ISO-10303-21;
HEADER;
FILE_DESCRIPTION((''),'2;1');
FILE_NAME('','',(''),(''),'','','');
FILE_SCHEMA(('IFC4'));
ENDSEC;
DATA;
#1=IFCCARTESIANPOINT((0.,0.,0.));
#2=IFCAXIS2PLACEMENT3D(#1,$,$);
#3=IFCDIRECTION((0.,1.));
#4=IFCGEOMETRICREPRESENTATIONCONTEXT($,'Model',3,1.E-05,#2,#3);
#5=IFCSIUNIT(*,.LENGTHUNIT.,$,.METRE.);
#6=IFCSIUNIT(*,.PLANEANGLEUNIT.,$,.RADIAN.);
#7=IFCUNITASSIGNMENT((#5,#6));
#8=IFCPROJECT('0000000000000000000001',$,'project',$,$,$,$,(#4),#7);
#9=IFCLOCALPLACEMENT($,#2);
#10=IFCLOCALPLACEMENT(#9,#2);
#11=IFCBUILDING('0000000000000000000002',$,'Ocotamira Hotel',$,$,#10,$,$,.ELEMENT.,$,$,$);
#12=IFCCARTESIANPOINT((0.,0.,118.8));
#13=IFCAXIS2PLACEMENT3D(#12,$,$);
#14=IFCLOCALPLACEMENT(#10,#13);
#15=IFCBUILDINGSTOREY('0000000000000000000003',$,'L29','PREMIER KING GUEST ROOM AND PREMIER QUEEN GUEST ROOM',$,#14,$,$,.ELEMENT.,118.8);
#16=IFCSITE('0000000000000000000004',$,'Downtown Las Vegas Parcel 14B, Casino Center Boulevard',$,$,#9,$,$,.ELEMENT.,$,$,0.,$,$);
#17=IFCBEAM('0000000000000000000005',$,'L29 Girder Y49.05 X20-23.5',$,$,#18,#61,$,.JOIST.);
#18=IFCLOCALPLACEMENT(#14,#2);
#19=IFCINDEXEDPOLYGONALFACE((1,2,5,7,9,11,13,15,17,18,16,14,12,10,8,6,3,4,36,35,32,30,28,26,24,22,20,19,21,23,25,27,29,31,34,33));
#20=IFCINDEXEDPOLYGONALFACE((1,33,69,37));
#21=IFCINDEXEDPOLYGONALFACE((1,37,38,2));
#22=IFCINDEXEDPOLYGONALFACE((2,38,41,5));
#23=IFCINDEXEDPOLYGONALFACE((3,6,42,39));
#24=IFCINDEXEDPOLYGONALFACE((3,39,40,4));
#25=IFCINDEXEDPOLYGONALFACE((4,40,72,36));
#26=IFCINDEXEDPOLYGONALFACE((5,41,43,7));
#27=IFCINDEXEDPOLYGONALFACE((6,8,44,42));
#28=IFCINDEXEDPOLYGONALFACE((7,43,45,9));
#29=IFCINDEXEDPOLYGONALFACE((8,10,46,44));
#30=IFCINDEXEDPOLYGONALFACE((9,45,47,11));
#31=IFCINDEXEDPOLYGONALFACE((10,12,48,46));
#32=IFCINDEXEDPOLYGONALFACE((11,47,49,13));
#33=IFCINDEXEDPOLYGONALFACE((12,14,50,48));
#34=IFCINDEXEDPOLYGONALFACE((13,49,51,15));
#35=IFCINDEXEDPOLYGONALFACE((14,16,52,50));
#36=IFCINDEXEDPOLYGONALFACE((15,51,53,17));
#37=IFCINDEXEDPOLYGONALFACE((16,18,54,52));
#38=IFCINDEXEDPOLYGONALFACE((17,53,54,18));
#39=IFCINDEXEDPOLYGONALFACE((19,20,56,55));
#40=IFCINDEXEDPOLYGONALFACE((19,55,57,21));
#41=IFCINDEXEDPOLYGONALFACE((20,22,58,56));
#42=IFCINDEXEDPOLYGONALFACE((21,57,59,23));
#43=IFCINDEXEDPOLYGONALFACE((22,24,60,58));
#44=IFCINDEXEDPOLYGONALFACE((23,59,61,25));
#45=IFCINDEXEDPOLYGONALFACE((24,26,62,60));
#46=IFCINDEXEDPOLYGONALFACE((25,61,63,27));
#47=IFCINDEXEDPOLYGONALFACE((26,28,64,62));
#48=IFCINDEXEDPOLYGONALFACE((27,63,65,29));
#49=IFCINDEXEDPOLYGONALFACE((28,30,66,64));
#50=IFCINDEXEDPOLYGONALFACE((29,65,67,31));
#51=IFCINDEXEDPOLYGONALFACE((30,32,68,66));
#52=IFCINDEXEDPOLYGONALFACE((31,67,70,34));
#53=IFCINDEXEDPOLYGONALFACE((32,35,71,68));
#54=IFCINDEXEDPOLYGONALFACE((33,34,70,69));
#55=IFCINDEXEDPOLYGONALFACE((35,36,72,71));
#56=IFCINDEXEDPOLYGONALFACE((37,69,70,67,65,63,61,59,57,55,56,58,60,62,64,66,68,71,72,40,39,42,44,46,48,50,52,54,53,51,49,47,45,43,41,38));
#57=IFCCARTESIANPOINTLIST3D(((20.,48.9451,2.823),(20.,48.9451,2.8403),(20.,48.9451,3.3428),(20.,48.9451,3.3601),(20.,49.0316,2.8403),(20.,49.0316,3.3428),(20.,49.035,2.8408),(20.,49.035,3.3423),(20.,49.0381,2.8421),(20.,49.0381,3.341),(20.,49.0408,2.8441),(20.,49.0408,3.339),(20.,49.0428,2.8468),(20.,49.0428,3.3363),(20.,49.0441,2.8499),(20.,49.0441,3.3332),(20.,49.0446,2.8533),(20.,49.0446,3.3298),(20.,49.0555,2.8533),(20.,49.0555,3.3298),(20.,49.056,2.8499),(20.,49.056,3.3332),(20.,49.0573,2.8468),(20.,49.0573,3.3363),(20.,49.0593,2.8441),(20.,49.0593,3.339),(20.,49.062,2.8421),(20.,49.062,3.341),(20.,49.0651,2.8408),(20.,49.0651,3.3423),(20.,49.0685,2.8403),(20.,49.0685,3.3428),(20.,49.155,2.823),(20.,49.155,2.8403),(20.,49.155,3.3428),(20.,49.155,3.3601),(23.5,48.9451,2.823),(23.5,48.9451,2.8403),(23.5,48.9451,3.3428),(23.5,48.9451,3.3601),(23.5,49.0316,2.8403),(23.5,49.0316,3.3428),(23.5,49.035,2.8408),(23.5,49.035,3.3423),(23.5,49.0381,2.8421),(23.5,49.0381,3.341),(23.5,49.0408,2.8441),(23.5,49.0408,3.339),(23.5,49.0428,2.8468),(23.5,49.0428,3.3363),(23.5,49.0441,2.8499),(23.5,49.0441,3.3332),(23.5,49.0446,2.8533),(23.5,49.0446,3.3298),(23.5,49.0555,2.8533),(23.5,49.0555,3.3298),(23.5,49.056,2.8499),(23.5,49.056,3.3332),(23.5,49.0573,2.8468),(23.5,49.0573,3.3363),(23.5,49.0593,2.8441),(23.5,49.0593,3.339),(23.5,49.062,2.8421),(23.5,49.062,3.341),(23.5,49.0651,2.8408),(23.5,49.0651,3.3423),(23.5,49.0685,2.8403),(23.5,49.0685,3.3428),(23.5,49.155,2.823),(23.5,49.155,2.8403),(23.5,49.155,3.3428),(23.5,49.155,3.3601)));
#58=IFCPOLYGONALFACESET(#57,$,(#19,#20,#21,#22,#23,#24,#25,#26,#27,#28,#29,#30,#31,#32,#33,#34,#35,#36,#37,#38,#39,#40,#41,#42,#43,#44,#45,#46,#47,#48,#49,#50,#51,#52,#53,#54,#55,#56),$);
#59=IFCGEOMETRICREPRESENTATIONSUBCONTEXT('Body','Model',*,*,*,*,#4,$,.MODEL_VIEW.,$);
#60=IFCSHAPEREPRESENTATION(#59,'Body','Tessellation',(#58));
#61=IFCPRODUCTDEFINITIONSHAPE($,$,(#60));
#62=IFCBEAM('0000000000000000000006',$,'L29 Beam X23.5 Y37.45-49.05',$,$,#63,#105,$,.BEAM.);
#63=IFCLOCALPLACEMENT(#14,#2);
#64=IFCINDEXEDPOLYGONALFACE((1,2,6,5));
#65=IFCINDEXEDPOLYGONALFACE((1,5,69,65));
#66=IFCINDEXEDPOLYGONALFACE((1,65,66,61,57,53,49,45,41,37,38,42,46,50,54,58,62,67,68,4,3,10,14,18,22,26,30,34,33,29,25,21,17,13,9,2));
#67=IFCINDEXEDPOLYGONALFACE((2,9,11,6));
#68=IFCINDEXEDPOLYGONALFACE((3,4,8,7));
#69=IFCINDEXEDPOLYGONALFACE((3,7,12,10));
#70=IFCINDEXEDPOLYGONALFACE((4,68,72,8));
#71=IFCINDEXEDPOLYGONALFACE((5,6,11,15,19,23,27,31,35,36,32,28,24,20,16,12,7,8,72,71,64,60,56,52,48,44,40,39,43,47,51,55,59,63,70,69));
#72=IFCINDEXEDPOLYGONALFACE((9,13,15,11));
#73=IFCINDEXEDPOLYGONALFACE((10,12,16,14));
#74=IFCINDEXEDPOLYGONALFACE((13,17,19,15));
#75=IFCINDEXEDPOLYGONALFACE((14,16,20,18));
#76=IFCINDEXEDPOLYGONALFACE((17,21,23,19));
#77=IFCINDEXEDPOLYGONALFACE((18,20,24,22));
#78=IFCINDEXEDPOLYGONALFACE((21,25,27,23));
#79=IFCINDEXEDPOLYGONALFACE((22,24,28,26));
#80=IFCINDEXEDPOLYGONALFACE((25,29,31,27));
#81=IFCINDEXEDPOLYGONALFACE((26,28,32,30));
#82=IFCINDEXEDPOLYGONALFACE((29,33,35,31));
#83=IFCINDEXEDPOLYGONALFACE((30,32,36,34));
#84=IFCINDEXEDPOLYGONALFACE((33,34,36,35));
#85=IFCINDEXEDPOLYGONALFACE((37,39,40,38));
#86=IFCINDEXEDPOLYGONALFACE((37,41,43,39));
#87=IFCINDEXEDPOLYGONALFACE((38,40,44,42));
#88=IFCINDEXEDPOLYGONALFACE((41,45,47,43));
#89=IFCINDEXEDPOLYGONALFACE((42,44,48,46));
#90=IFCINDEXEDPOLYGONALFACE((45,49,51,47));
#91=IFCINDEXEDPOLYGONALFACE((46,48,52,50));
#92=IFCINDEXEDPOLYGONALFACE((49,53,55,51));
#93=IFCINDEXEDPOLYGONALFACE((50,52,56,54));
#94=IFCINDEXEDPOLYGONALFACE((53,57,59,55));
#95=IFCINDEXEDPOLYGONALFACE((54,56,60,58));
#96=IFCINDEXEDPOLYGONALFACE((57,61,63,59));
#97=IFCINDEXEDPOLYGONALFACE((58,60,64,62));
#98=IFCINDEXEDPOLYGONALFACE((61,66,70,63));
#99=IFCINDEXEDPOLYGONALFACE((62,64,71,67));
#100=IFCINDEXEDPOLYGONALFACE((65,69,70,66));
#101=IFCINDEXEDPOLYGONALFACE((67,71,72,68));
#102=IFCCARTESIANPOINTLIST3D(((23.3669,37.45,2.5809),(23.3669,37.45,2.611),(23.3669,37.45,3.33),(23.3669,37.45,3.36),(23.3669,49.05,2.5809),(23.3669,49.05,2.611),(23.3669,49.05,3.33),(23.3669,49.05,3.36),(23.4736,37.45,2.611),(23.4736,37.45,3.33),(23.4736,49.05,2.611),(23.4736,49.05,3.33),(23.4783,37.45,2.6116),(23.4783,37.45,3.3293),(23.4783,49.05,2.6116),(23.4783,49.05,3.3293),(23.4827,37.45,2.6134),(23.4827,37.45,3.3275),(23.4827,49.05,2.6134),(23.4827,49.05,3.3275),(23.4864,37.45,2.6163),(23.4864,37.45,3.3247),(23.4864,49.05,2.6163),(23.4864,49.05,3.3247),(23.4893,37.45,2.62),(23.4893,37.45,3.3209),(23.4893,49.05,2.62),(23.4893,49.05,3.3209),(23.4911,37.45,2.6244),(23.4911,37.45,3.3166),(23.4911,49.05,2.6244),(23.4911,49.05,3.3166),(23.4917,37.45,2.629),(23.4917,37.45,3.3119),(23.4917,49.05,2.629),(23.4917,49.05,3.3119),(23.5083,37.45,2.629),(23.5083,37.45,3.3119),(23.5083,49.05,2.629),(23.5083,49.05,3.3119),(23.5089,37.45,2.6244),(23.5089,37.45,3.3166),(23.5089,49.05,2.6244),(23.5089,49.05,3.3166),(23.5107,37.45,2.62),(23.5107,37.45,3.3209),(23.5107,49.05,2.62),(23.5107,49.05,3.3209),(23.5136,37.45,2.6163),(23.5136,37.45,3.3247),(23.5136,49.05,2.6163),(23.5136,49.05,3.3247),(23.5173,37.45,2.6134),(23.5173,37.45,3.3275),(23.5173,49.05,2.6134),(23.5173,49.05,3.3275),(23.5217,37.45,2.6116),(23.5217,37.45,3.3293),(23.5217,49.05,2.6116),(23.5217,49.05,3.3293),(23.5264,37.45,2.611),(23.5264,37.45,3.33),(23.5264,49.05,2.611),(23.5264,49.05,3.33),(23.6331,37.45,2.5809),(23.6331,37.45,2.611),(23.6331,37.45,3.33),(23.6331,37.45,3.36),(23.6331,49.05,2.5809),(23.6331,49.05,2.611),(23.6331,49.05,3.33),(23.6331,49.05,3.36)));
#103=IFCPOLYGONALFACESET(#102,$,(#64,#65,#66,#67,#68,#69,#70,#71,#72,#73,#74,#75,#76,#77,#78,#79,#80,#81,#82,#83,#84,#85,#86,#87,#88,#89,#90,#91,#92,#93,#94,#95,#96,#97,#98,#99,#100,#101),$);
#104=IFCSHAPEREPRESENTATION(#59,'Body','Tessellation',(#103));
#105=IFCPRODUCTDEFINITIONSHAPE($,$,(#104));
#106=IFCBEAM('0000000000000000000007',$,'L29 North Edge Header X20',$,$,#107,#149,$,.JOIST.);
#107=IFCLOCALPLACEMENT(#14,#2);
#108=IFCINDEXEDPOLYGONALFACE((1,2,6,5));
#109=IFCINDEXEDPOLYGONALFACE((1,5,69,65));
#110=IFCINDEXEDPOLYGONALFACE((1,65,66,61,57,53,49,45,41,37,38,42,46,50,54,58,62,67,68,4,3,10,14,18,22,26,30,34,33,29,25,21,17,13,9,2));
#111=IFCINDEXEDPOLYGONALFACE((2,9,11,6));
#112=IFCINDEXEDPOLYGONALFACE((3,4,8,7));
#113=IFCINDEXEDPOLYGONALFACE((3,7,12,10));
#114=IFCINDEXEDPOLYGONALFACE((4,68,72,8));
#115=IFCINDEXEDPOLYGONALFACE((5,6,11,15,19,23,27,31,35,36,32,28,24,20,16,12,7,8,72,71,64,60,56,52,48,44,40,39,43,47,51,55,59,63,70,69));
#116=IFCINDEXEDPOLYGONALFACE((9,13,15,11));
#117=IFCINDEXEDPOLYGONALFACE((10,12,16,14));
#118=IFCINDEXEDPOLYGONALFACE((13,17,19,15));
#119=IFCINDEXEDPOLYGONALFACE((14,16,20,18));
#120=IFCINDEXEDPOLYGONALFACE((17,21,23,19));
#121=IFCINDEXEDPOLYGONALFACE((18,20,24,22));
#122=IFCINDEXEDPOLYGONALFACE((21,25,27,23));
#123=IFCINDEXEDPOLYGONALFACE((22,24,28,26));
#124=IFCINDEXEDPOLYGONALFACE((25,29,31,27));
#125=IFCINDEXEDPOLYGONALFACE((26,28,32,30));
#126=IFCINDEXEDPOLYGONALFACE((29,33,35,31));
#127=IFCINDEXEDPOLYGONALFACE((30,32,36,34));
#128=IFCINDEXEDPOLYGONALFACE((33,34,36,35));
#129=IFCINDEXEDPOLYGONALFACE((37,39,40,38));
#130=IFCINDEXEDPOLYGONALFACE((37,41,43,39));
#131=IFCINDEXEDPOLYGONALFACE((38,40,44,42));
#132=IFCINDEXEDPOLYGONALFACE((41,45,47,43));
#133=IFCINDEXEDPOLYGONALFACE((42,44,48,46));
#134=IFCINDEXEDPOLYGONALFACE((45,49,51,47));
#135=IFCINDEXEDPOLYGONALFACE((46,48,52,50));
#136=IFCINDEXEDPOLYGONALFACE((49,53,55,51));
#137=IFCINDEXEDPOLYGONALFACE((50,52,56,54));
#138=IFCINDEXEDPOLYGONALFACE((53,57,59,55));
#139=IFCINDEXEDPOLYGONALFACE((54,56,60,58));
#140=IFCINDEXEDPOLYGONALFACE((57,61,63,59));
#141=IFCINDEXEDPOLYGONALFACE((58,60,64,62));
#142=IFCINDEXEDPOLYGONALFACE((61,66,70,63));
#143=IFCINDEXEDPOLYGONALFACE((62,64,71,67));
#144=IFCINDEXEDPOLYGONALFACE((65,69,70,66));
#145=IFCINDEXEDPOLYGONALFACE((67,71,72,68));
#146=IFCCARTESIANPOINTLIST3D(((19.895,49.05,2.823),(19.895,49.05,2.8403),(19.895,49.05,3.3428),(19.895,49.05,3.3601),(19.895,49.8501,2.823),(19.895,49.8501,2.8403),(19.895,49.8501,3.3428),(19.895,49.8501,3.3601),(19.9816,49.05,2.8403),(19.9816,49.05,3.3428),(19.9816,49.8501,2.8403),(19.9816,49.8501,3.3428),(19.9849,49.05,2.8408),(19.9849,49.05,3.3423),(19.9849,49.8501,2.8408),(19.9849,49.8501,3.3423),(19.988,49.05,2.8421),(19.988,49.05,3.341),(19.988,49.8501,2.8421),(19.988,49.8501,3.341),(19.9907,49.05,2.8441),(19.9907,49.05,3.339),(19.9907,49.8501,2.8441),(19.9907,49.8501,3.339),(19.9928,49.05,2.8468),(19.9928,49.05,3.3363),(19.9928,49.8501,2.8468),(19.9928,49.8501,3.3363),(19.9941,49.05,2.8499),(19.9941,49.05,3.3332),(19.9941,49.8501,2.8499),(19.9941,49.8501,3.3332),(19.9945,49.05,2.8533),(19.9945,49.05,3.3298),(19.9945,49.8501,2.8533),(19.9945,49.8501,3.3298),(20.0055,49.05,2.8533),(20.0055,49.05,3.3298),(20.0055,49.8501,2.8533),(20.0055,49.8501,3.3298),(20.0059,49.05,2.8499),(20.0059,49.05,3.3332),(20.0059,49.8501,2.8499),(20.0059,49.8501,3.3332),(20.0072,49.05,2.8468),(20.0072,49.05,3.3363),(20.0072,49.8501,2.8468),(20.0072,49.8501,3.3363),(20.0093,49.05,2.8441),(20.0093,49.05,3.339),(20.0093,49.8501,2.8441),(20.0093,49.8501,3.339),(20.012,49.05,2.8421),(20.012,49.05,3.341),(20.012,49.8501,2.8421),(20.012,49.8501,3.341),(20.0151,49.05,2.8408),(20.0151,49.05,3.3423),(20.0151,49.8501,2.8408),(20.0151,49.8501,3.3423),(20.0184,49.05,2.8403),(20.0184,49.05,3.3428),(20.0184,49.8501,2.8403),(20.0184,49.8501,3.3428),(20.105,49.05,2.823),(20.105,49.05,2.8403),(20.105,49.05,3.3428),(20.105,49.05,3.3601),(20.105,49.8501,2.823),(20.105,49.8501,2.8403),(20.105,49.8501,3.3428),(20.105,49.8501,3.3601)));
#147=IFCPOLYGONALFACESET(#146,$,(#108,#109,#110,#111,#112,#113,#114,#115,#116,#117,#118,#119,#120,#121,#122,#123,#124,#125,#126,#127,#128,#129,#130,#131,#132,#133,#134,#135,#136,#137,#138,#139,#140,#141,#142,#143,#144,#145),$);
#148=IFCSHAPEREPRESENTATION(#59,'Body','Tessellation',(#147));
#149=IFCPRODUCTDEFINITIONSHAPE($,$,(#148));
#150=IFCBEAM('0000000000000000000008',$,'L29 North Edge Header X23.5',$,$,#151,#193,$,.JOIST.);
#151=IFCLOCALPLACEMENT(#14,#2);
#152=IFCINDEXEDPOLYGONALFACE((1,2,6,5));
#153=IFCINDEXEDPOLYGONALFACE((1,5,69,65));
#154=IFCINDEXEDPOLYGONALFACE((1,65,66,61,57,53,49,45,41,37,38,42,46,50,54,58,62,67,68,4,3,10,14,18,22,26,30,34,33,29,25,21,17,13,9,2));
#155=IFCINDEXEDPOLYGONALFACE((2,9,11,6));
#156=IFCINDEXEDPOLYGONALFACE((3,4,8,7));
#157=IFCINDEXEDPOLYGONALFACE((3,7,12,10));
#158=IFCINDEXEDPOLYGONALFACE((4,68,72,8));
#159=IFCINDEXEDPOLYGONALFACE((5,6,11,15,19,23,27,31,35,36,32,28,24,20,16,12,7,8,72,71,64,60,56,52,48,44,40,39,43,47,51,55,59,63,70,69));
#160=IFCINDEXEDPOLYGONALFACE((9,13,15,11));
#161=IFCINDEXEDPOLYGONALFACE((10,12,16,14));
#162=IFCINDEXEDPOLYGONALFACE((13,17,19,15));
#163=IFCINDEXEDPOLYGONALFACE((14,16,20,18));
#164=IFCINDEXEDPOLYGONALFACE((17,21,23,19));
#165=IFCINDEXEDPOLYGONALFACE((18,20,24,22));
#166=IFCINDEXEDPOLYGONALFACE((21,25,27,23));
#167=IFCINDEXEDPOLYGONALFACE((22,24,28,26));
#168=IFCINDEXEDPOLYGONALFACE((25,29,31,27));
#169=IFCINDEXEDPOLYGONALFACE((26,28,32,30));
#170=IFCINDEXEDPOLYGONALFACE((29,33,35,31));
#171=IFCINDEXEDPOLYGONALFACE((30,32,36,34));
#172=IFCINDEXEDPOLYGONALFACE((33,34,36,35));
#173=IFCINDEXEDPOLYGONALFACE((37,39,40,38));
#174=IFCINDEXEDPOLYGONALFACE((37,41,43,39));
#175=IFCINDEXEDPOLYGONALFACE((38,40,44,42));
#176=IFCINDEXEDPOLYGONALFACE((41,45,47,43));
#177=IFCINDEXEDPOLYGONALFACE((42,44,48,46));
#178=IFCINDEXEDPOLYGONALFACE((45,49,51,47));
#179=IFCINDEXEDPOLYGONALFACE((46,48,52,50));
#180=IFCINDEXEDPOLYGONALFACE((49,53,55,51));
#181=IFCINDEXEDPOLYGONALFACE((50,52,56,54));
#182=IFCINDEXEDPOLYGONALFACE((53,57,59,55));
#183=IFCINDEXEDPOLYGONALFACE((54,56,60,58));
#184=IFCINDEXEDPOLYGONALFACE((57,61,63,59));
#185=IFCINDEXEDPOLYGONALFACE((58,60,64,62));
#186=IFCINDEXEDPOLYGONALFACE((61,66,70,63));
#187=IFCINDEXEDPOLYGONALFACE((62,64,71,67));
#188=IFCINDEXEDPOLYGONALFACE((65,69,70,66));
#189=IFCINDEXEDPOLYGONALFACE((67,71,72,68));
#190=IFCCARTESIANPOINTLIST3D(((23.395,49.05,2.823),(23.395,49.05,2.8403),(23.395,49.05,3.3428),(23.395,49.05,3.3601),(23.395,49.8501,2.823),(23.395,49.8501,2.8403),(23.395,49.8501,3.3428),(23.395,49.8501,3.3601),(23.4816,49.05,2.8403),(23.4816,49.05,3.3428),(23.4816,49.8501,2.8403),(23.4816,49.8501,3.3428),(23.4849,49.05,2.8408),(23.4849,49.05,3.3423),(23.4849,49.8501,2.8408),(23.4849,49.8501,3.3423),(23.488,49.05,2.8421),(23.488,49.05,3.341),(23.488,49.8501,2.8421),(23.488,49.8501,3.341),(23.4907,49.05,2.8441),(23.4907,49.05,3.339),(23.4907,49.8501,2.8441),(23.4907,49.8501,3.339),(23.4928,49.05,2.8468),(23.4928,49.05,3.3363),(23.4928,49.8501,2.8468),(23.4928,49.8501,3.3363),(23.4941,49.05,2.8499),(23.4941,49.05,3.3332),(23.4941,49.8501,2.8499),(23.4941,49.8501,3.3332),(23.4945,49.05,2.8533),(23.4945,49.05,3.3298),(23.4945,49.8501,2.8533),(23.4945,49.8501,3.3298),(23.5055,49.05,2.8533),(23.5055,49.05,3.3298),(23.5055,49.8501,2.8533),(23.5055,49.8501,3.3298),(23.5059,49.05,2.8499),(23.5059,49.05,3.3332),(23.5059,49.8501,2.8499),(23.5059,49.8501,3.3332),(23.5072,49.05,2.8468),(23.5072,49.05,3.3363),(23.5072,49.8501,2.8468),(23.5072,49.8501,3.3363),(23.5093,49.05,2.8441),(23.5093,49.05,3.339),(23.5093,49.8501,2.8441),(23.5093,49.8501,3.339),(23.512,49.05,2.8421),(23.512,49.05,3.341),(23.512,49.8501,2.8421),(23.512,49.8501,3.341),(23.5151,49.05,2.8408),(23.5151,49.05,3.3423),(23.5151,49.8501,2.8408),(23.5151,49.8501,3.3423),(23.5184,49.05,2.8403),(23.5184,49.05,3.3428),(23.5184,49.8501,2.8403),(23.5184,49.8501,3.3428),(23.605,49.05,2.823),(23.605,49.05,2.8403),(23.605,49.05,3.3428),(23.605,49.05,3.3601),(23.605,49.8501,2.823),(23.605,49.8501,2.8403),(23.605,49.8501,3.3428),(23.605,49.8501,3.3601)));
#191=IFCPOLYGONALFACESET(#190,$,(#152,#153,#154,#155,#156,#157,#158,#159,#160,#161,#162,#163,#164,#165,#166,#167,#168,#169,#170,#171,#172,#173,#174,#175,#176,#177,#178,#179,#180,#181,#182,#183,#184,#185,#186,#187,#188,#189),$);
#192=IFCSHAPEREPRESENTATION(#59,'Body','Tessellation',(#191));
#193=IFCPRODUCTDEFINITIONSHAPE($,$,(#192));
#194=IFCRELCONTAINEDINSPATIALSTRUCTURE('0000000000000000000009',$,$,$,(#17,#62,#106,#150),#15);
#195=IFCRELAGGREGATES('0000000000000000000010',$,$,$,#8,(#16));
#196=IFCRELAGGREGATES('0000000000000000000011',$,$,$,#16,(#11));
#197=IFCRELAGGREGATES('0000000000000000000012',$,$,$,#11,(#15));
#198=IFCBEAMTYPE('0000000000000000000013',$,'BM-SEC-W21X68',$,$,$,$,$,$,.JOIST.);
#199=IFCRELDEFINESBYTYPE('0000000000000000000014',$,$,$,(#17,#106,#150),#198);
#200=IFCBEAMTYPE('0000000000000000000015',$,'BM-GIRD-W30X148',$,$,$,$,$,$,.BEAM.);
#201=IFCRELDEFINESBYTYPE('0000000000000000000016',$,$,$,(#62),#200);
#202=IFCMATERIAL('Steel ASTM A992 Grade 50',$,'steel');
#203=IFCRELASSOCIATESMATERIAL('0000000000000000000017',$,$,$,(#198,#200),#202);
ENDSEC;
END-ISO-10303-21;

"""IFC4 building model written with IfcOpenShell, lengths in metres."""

from ifc_helpers import new_model, si_unit, direction, frame, origin, origin_2d, place, context, subcontext, project, spatial, i_section, extrude, source, transform, mapped, material, material_profile, profile_set, type_object, element, save


model = new_model("IFC4")

# Units and contexts
model_context = context("Model", 3, precision=1e-05, world=origin(), true_north=direction((0.0, 1.0)))
body_context = subcontext(model_context, "Body", "Model", "MODEL_VIEW")
ifc_project = project(units=[si_unit("LENGTHUNIT", "METRE"), si_unit("PLANEANGLEUNIT", "RADIAN")], contexts=[model_context])

# Site, building, storey
site_placement = place(None, origin())
site = spatial("IfcSite", under=ifc_project, at=site_placement, Name="Downtown Las Vegas Parcel 14B, Casino Center Boulevard", CompositionType="ELEMENT", RefElevation=0.0)
building_placement = place(site_placement, origin())
building = spatial("IfcBuilding", under=site, at=building_placement, Name="Ocotamira Hotel", CompositionType="ELEMENT")
storey_placement = place(building_placement, frame((0.0, 0.0, 118.8)))
storey = spatial("IfcBuildingStorey", under=building, at=storey_placement, Name="L29", Description="PREMIER KING GUEST ROOM AND PREMIER QUEEN GUEST ROOM", CompositionType="ELEMENT", Elevation=118.8)

# Beams
ifc_material_1 = material(Name="Steel ASTM A992 Grade 50", Category="steel")
ifc_material_profile_1 = material_profile(ifc_material_1, i_section(OverallWidth=0.21, OverallDepth=0.5371, WebThickness=0.011, FlangeThickness=0.0173, FilletRadius=0.0129, at=origin_2d()), Name="W21X68")
ifc_profile_set_1 = profile_set([ifc_material_profile_1], Name="Steel ASTM A992 Grade 50")
beam_type_1 = type_object("IfcBeamType", Name="BM-SEC-W21X68", PredefinedType="JOIST", material=ifc_profile_set_1)
shared_shape_1 = source(origin(), body_context, "Body", "SweptSolid", [
    extrude(i_section(OverallWidth=0.21, OverallDepth=0.5371, WebThickness=0.011, FlangeThickness=0.0173, FilletRadius=0.0129, at=origin_2d()), origin(), (0.0, 0.0, 1.0), 3.5),
])
beam_1_placement = place(storey_placement, frame((20.0, 49.05, 3.0916), z_axis=(1.0, 0.0, 0.0), x_axis=(0.0, 1.0, 0.0)))
element("IfcBeam", 1, at=beam_1_placement, inside=storey, type_object=beam_type_1, Name="L29 Girder Y49.05 X20-23.5", PredefinedType="JOIST", context=body_context, shape_type="MappedRepresentation", body=[
    mapped(shared_shape_1, transform((0.0, 0.0, 0.0), scale=1.0)),
])
ifc_material_profile_2 = material_profile(ifc_material_1, i_section(OverallWidth=0.2661, OverallDepth=0.7791, WebThickness=0.0166, FlangeThickness=0.03, FilletRadius=0.0181, at=origin_2d()), Name="W30X148")
ifc_profile_set_2 = profile_set([ifc_material_profile_2], Name="Steel ASTM A992 Grade 50")
beam_type_2 = type_object("IfcBeamType", Name="BM-GIRD-W30X148", PredefinedType="BEAM", material=ifc_profile_set_2)
shared_shape_2 = source(origin(), body_context, "Body", "SweptSolid", [
    extrude(i_section(OverallWidth=0.2661, OverallDepth=0.7791, WebThickness=0.0166, FlangeThickness=0.03, FilletRadius=0.0181, at=origin_2d()), origin(), (0.0, 0.0, 1.0), 11.6001),
])
beam_2_placement = place(storey_placement, frame((23.5, 37.45, 2.9705), z_axis=(0.0, 1.0, 0.0), x_axis=(-1.0, 0.0, 0.0)))
element("IfcBeam", 2, at=beam_2_placement, inside=storey, type_object=beam_type_2, Name="L29 Beam X23.5 Y37.45-49.05", PredefinedType="BEAM", context=body_context, shape_type="MappedRepresentation", body=[
    mapped(shared_shape_2, transform((0.0, 0.0, 0.0), scale=1.0)),
])
shared_shape_3 = source(origin(), body_context, "Body", "SweptSolid", [
    extrude(i_section(OverallWidth=0.21, OverallDepth=0.5371, WebThickness=0.011, FlangeThickness=0.0173, FilletRadius=0.0129, at=origin_2d()), origin(), (0.0, 0.0, 1.0), 0.8),
])
for number, where, z_axis, x_axis, name in (
    (3, (20.0, 49.05, 3.0916), (0.0, 1.0, 0.0), (-1.0, 0.0, 0.0), "L29 North Edge Header X20"),
    (4, (23.5, 49.05, 3.0916), (0.0, 1.0, 0.0), (-1.0, 0.0, 0.0), "L29 North Edge Header X23.5"),
):
    element("IfcBeam", number, at=place(storey_placement, frame(where, z_axis=z_axis, x_axis=x_axis)), inside=storey, type_object=beam_type_1, Name=name, PredefinedType="JOIST", context=body_context, shape_type="MappedRepresentation", body=[
        mapped(shared_shape_3, transform((0.0, 0.0, 0.0), scale=1.0)),
    ])

save(model, "model.ifc")
